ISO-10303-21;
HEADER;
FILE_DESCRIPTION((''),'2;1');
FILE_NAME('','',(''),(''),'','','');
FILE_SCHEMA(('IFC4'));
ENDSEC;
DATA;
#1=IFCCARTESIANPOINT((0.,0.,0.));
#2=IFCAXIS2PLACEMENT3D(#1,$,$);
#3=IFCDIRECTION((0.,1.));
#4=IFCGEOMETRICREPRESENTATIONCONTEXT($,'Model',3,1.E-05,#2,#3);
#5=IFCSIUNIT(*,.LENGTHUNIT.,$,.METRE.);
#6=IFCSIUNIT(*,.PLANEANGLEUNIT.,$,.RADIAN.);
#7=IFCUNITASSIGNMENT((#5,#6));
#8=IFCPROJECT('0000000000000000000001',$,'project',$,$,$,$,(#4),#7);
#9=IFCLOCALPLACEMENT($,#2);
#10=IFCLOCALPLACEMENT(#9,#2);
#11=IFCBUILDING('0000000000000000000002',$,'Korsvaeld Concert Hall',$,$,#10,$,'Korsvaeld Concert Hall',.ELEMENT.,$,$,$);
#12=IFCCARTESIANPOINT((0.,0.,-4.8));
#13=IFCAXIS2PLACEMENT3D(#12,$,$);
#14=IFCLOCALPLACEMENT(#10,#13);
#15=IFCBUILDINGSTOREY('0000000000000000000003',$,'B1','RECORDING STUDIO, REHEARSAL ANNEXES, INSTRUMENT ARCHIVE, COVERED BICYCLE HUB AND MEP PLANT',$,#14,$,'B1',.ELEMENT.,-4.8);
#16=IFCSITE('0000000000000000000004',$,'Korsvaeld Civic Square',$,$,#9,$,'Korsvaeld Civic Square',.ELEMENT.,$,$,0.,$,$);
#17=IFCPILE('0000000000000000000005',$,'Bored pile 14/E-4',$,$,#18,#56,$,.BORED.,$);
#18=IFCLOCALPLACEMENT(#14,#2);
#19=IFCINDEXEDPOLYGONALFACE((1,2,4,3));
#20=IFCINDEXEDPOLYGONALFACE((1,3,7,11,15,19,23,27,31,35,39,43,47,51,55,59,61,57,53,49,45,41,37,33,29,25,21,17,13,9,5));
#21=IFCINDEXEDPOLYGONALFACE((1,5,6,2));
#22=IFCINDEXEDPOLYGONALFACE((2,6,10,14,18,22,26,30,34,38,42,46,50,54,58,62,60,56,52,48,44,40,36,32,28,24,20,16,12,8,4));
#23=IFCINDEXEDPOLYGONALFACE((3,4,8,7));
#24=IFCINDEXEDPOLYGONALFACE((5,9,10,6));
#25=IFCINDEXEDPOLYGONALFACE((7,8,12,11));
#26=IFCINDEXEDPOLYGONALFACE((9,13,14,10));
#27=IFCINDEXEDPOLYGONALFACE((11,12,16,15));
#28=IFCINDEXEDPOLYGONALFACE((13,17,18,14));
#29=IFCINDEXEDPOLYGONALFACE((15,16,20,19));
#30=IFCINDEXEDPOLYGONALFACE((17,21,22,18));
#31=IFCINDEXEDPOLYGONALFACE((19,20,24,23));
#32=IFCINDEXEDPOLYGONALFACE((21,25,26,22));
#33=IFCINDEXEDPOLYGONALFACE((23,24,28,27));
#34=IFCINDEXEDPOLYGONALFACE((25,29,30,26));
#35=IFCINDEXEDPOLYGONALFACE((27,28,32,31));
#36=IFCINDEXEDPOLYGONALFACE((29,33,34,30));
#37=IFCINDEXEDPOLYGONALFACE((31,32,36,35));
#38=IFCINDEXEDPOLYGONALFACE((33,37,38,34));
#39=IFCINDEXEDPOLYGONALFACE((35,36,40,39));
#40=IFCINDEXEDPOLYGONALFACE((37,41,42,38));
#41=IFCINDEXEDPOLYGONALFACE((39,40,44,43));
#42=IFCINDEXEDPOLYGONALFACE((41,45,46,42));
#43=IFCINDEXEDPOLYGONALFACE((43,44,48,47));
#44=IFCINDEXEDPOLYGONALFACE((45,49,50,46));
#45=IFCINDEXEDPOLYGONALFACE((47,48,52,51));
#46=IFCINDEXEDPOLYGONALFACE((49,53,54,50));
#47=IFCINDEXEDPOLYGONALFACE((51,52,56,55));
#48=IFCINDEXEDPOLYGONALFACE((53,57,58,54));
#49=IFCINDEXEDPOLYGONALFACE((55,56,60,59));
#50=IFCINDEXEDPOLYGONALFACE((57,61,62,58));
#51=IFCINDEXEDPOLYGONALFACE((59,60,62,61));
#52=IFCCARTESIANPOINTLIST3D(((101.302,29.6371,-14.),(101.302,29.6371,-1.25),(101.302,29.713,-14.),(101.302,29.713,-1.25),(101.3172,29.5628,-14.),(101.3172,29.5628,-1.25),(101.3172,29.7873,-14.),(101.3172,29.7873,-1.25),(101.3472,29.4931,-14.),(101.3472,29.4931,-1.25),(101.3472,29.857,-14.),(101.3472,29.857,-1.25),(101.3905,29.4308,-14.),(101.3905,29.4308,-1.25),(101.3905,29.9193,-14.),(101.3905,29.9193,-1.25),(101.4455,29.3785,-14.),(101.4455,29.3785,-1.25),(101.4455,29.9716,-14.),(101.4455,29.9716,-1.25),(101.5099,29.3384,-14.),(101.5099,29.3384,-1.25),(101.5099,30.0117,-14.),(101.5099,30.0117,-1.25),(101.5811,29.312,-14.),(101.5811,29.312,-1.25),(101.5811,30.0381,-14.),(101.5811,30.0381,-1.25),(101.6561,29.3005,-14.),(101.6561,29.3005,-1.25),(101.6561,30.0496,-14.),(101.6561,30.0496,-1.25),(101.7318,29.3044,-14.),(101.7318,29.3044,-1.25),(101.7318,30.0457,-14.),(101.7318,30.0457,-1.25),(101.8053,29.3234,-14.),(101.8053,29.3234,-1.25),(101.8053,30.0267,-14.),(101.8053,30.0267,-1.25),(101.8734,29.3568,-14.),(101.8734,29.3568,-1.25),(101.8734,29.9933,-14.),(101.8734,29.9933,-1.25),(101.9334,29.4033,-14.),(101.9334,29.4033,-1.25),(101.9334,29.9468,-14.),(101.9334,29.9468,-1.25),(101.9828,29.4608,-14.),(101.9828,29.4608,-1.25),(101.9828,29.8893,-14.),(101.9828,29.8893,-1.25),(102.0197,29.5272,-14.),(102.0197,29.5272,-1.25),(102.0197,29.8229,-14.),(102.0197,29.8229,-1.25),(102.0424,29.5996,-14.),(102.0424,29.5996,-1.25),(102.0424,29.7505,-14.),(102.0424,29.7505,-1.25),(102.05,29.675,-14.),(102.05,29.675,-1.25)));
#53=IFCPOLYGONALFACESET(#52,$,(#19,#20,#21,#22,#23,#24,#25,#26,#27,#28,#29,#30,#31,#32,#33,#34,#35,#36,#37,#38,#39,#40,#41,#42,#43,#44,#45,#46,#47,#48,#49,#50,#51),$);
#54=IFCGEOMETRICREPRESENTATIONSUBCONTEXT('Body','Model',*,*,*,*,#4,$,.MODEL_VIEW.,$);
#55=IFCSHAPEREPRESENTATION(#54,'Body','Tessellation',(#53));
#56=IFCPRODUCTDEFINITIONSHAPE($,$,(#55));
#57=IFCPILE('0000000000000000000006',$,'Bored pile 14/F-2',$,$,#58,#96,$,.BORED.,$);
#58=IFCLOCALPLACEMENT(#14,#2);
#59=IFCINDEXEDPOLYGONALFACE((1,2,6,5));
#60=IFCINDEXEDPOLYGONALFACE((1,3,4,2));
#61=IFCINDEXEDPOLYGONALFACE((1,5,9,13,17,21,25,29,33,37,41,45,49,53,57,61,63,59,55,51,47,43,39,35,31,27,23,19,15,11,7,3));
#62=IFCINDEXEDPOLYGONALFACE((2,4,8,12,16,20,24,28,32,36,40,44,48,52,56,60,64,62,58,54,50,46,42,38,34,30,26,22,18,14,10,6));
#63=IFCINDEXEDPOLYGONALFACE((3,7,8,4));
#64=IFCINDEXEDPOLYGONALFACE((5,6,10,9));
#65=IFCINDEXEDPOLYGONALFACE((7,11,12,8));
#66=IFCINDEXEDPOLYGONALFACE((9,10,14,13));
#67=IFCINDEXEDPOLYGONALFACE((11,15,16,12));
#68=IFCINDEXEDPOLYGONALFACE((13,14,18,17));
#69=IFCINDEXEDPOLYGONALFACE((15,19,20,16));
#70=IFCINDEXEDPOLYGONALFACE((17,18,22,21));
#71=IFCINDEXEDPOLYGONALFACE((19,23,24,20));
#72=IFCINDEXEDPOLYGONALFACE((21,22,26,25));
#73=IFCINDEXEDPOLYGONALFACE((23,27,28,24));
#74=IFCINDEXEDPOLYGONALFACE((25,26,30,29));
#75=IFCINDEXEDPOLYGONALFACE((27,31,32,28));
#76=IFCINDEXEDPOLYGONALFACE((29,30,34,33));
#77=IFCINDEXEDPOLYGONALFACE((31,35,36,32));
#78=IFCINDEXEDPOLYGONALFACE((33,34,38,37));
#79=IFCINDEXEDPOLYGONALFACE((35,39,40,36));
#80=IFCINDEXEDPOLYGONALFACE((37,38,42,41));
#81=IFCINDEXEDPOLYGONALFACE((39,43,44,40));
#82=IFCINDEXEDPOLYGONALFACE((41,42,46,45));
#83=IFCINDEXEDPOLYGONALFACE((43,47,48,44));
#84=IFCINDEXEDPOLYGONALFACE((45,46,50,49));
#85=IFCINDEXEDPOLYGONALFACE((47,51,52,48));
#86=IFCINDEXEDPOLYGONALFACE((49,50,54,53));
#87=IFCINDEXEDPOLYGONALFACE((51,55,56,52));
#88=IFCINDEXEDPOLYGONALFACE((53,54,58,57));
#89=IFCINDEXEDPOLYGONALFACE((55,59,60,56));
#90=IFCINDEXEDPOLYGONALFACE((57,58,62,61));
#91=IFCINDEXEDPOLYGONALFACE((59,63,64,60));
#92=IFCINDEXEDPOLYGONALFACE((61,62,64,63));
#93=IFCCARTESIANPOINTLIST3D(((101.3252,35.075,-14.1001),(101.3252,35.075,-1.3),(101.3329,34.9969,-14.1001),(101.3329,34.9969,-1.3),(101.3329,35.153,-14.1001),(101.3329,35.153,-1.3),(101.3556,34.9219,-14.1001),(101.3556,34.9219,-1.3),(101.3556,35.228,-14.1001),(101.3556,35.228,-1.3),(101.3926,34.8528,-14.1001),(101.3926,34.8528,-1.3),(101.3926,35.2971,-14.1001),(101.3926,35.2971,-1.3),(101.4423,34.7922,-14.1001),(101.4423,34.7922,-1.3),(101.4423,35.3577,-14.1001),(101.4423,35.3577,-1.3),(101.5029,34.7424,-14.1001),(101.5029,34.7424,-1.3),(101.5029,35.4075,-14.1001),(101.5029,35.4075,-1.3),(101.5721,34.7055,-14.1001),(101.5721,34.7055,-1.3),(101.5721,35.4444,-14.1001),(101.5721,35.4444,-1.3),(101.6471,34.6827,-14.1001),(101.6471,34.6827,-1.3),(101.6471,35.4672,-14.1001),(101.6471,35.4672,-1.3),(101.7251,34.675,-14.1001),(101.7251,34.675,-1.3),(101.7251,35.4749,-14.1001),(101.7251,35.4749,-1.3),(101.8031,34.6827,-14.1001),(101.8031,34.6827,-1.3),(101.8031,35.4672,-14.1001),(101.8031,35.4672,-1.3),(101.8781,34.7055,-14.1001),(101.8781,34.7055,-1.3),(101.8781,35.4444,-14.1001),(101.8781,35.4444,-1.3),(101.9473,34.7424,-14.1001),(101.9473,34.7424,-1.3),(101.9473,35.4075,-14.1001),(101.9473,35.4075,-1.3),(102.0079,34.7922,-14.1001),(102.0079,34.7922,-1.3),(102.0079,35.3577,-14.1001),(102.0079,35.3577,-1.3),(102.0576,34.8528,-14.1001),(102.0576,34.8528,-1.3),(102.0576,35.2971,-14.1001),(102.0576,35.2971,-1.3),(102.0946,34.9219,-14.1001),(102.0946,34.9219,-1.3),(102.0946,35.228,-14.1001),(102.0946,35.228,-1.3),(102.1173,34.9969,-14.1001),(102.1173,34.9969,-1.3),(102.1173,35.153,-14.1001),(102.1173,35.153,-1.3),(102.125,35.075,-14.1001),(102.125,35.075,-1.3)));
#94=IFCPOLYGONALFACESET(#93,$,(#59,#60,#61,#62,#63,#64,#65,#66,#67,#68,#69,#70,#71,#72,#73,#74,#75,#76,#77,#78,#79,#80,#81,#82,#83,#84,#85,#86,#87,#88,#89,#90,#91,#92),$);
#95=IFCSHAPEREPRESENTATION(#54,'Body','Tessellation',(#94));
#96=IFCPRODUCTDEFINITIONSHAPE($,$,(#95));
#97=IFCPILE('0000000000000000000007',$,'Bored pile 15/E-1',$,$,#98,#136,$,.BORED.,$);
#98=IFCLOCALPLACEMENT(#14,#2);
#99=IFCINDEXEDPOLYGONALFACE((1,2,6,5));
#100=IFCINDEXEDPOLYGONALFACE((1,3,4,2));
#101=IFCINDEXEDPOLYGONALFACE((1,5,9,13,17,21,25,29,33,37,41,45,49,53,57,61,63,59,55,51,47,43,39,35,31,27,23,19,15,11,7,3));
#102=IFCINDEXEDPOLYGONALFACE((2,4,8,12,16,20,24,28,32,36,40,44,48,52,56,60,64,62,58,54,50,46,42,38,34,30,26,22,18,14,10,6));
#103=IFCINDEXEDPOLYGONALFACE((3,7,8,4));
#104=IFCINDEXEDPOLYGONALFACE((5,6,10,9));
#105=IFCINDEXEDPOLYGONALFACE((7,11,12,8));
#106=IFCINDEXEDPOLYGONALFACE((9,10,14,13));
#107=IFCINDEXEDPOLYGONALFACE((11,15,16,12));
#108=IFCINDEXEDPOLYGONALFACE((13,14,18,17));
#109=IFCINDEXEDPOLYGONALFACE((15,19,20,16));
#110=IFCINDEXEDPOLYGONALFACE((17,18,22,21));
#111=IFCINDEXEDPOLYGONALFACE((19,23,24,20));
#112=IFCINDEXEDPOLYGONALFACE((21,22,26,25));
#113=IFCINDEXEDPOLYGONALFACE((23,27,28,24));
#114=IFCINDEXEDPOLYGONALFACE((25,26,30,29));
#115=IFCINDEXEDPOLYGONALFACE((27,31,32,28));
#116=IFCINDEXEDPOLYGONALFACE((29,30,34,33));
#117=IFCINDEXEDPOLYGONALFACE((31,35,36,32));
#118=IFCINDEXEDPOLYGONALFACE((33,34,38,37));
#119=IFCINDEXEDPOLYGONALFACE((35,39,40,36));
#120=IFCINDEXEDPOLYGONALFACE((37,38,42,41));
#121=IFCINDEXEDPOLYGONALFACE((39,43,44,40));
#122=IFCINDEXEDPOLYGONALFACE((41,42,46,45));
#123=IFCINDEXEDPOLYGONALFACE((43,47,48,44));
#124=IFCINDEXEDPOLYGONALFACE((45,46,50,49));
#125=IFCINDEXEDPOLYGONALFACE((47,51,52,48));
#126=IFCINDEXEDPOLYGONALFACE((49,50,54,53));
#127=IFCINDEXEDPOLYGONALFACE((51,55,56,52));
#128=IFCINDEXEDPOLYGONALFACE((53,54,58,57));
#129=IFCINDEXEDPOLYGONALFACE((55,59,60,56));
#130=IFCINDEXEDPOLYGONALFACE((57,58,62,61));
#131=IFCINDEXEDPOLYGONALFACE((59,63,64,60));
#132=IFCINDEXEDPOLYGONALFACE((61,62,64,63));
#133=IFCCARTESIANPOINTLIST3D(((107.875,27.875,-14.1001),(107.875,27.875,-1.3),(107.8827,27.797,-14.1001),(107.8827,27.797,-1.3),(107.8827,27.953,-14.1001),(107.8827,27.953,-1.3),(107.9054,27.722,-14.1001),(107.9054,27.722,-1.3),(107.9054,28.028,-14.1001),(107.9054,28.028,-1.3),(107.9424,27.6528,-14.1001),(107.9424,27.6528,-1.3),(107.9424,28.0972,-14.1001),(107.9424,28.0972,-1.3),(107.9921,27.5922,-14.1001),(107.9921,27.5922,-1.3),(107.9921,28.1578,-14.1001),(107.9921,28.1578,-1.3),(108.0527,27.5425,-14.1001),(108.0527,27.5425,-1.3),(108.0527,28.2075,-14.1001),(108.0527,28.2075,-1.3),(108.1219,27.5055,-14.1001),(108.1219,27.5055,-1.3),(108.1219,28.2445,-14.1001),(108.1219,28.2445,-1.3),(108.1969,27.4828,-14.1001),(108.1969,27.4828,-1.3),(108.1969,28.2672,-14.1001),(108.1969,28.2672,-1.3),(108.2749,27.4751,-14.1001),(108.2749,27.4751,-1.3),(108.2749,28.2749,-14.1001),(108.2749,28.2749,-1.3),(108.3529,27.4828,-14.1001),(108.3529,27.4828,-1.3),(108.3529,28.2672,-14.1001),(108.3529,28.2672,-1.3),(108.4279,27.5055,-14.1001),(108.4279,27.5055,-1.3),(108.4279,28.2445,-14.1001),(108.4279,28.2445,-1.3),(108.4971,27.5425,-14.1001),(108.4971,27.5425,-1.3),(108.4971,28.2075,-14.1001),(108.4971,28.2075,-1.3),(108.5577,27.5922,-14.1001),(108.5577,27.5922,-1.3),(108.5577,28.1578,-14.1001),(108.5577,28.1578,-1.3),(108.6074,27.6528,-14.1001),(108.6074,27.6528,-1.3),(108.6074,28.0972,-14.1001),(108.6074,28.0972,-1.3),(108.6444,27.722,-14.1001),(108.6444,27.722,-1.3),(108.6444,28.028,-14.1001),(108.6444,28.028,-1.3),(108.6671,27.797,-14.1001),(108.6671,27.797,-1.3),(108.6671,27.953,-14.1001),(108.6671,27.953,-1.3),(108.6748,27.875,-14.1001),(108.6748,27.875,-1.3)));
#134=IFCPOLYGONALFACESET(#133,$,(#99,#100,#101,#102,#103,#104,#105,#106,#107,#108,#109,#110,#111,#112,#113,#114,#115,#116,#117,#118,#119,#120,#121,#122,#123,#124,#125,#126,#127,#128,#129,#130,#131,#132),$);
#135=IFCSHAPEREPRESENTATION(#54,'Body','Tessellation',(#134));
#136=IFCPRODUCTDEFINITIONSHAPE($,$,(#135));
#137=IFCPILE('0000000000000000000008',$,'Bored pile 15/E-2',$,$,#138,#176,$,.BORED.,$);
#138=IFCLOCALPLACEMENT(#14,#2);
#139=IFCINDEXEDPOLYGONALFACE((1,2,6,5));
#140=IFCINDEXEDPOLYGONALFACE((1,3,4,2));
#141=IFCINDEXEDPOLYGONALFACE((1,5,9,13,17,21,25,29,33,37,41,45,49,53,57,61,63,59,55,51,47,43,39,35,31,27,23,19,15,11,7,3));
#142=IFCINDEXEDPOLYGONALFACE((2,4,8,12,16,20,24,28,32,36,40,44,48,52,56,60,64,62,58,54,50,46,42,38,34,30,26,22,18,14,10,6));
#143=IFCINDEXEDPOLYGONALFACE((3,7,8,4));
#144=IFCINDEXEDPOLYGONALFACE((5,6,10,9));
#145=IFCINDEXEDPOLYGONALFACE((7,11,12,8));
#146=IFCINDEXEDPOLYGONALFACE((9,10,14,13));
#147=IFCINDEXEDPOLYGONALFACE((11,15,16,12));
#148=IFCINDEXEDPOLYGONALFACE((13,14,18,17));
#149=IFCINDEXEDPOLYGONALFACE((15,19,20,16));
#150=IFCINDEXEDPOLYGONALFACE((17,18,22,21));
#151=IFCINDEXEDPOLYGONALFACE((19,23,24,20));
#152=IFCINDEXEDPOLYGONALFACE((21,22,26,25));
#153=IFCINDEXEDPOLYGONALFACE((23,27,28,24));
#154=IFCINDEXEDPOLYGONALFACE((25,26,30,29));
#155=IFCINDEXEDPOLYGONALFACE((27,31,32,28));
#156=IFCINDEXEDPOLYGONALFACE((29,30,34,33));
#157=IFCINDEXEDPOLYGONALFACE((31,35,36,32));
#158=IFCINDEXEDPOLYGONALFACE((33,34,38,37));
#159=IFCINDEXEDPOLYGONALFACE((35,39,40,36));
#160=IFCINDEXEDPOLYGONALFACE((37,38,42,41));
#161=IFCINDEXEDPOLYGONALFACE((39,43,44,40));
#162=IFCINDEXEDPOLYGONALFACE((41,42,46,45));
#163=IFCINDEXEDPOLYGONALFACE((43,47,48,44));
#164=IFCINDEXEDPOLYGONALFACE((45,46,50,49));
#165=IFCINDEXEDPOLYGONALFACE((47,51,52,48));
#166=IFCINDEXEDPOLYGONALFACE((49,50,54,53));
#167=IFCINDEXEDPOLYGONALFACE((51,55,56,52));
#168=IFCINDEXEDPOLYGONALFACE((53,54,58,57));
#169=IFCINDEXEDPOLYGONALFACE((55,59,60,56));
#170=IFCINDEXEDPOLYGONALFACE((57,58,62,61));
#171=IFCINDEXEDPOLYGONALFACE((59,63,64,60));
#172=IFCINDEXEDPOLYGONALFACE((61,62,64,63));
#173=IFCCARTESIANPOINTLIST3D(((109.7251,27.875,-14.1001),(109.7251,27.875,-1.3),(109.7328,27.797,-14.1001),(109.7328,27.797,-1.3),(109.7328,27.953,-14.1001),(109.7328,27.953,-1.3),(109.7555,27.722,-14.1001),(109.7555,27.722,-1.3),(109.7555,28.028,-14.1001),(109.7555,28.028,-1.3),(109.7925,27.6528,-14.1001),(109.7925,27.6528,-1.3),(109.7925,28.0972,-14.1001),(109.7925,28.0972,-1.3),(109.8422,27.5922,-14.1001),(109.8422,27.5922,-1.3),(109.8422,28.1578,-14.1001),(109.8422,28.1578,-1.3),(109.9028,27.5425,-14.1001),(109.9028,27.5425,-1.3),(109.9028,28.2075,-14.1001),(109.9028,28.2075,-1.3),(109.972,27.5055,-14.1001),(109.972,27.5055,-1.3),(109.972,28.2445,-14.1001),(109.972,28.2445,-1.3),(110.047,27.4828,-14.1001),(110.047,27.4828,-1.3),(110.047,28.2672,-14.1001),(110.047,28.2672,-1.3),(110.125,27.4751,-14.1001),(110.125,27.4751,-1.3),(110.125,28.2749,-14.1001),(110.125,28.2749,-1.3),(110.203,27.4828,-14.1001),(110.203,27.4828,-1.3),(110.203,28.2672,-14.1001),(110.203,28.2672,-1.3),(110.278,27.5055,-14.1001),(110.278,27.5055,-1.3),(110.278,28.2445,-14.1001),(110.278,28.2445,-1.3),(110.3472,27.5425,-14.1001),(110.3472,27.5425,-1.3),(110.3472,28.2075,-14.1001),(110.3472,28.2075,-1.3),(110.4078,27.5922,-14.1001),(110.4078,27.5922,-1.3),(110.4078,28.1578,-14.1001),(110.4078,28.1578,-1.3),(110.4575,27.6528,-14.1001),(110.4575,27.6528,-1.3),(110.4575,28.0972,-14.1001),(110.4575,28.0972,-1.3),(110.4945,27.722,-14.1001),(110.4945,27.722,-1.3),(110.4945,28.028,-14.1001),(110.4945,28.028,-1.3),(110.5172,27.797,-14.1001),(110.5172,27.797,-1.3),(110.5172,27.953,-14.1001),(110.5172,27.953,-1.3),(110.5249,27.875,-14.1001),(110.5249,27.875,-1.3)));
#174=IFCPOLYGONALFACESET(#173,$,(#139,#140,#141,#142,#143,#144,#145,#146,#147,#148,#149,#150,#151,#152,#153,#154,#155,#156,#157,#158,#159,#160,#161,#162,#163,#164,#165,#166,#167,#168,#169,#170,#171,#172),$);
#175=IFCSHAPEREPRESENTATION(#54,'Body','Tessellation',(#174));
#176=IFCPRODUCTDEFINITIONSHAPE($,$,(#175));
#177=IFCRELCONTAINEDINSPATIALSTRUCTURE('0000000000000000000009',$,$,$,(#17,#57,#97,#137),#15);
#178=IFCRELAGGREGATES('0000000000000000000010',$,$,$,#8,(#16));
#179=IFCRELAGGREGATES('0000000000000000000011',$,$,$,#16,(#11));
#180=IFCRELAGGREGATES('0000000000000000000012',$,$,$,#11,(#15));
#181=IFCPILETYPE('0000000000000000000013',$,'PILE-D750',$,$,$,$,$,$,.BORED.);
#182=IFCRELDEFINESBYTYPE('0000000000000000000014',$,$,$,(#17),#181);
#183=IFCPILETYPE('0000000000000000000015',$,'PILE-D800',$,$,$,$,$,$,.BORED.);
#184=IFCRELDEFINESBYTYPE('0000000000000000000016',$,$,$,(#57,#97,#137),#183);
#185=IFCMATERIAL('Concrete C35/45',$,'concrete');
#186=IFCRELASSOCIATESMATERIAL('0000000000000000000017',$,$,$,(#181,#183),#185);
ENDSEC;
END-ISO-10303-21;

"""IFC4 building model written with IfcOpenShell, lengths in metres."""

from ifc_helpers import new_model, si_unit, direction, frame, origin, origin_2d, place, context, subcontext, project, spatial, circle, extrude, material, material_profile, profile_set, type_object, element, save


model = new_model("IFC4")

# Units and contexts
model_context = context("Model", 3, precision=1e-05, world=origin(), true_north=direction((0.0, 1.0)))
body_context = subcontext(model_context, "Body", "Model", "MODEL_VIEW")
ifc_project = project(units=[si_unit("LENGTHUNIT", "METRE"), si_unit("PLANEANGLEUNIT", "RADIAN")], contexts=[model_context])

# Site, building, storey
site_placement = place(None, origin())
site = spatial("IfcSite", under=ifc_project, at=site_placement, Name="Korsvaeld Civic Square", LongName="Korsvaeld Civic Square", CompositionType="ELEMENT", RefElevation=0.0)
building_placement = place(site_placement, origin())
building = spatial("IfcBuilding", under=site, at=building_placement, Name="Korsvaeld Concert Hall", LongName="Korsvaeld Concert Hall", CompositionType="ELEMENT")
storey_placement = place(building_placement, frame((0.0, 0.0, -4.8)))
storey = spatial("IfcBuildingStorey", under=building, at=storey_placement, Name="B1", Description="RECORDING STUDIO, REHEARSAL ANNEXES, INSTRUMENT ARCHIVE, COVERED BICYCLE HUB AND MEP PLANT", LongName="B1", CompositionType="ELEMENT", Elevation=-4.8)

# Shared definitions
ifc_material_1 = material(Name="Concrete C35/45", Category="concrete")

# Piles
ifc_material_profile_1 = material_profile(ifc_material_1, circle(Radius=0.375, at=origin_2d()), Name="BORED PILE D750")
ifc_profile_set_1 = profile_set([ifc_material_profile_1], Name="Concrete C35/45")
pile_type_1 = type_object("IfcPileType", Name="PILE-D750", PredefinedType="BORED", material=ifc_profile_set_1)
for number, where, z_axis, x_axis, name in (
    (1, (101.675, 29.675, -1.25), (0.0, 0.0, -1.0), (1.0, 0.0, 0.0), "Bored pile 14/E-4"),
):
    element("IfcPile", number, at=place(storey_placement, frame(where, z_axis=z_axis, x_axis=x_axis)), inside=storey, type_object=pile_type_1, Name=name, PredefinedType="BORED", context=body_context, shape_type="SweptSolid", body=[
        extrude(circle(Radius=0.375, at=origin_2d()), origin(), (0.0, 0.0, 1.0), 12.75),
    ])
ifc_material_profile_2 = material_profile(ifc_material_1, circle(Radius=0.3999, at=origin_2d()), Name="BORED PILE D800")
ifc_profile_set_2 = profile_set([ifc_material_profile_2], Name="Concrete C35/45")
pile_type_2 = type_object("IfcPileType", Name="PILE-D800", PredefinedType="BORED", material=ifc_profile_set_2)
for number, where, z_axis, x_axis, name in (
    (2, (101.7251, 35.075, -1.3), (0.0, 0.0, -1.0), (1.0, 0.0, 0.0), "Bored pile 14/F-2"),
    (3, (108.2749, 27.875, -1.3), (0.0, 0.0, -1.0), (1.0, 0.0, 0.0), "Bored pile 15/E-1"),
    (4, (110.125, 27.875, -1.3), (0.0, 0.0, -1.0), (1.0, 0.0, 0.0), "Bored pile 15/E-2"),
):
    element("IfcPile", number, at=place(storey_placement, frame(where, z_axis=z_axis, x_axis=x_axis)), inside=storey, type_object=pile_type_2, Name=name, PredefinedType="BORED", context=body_context, shape_type="SweptSolid", body=[
        extrude(circle(Radius=0.3999, at=origin_2d()), origin(), (0.0, 0.0, 1.0), 12.8),
    ])

save(model, "model.ifc")
